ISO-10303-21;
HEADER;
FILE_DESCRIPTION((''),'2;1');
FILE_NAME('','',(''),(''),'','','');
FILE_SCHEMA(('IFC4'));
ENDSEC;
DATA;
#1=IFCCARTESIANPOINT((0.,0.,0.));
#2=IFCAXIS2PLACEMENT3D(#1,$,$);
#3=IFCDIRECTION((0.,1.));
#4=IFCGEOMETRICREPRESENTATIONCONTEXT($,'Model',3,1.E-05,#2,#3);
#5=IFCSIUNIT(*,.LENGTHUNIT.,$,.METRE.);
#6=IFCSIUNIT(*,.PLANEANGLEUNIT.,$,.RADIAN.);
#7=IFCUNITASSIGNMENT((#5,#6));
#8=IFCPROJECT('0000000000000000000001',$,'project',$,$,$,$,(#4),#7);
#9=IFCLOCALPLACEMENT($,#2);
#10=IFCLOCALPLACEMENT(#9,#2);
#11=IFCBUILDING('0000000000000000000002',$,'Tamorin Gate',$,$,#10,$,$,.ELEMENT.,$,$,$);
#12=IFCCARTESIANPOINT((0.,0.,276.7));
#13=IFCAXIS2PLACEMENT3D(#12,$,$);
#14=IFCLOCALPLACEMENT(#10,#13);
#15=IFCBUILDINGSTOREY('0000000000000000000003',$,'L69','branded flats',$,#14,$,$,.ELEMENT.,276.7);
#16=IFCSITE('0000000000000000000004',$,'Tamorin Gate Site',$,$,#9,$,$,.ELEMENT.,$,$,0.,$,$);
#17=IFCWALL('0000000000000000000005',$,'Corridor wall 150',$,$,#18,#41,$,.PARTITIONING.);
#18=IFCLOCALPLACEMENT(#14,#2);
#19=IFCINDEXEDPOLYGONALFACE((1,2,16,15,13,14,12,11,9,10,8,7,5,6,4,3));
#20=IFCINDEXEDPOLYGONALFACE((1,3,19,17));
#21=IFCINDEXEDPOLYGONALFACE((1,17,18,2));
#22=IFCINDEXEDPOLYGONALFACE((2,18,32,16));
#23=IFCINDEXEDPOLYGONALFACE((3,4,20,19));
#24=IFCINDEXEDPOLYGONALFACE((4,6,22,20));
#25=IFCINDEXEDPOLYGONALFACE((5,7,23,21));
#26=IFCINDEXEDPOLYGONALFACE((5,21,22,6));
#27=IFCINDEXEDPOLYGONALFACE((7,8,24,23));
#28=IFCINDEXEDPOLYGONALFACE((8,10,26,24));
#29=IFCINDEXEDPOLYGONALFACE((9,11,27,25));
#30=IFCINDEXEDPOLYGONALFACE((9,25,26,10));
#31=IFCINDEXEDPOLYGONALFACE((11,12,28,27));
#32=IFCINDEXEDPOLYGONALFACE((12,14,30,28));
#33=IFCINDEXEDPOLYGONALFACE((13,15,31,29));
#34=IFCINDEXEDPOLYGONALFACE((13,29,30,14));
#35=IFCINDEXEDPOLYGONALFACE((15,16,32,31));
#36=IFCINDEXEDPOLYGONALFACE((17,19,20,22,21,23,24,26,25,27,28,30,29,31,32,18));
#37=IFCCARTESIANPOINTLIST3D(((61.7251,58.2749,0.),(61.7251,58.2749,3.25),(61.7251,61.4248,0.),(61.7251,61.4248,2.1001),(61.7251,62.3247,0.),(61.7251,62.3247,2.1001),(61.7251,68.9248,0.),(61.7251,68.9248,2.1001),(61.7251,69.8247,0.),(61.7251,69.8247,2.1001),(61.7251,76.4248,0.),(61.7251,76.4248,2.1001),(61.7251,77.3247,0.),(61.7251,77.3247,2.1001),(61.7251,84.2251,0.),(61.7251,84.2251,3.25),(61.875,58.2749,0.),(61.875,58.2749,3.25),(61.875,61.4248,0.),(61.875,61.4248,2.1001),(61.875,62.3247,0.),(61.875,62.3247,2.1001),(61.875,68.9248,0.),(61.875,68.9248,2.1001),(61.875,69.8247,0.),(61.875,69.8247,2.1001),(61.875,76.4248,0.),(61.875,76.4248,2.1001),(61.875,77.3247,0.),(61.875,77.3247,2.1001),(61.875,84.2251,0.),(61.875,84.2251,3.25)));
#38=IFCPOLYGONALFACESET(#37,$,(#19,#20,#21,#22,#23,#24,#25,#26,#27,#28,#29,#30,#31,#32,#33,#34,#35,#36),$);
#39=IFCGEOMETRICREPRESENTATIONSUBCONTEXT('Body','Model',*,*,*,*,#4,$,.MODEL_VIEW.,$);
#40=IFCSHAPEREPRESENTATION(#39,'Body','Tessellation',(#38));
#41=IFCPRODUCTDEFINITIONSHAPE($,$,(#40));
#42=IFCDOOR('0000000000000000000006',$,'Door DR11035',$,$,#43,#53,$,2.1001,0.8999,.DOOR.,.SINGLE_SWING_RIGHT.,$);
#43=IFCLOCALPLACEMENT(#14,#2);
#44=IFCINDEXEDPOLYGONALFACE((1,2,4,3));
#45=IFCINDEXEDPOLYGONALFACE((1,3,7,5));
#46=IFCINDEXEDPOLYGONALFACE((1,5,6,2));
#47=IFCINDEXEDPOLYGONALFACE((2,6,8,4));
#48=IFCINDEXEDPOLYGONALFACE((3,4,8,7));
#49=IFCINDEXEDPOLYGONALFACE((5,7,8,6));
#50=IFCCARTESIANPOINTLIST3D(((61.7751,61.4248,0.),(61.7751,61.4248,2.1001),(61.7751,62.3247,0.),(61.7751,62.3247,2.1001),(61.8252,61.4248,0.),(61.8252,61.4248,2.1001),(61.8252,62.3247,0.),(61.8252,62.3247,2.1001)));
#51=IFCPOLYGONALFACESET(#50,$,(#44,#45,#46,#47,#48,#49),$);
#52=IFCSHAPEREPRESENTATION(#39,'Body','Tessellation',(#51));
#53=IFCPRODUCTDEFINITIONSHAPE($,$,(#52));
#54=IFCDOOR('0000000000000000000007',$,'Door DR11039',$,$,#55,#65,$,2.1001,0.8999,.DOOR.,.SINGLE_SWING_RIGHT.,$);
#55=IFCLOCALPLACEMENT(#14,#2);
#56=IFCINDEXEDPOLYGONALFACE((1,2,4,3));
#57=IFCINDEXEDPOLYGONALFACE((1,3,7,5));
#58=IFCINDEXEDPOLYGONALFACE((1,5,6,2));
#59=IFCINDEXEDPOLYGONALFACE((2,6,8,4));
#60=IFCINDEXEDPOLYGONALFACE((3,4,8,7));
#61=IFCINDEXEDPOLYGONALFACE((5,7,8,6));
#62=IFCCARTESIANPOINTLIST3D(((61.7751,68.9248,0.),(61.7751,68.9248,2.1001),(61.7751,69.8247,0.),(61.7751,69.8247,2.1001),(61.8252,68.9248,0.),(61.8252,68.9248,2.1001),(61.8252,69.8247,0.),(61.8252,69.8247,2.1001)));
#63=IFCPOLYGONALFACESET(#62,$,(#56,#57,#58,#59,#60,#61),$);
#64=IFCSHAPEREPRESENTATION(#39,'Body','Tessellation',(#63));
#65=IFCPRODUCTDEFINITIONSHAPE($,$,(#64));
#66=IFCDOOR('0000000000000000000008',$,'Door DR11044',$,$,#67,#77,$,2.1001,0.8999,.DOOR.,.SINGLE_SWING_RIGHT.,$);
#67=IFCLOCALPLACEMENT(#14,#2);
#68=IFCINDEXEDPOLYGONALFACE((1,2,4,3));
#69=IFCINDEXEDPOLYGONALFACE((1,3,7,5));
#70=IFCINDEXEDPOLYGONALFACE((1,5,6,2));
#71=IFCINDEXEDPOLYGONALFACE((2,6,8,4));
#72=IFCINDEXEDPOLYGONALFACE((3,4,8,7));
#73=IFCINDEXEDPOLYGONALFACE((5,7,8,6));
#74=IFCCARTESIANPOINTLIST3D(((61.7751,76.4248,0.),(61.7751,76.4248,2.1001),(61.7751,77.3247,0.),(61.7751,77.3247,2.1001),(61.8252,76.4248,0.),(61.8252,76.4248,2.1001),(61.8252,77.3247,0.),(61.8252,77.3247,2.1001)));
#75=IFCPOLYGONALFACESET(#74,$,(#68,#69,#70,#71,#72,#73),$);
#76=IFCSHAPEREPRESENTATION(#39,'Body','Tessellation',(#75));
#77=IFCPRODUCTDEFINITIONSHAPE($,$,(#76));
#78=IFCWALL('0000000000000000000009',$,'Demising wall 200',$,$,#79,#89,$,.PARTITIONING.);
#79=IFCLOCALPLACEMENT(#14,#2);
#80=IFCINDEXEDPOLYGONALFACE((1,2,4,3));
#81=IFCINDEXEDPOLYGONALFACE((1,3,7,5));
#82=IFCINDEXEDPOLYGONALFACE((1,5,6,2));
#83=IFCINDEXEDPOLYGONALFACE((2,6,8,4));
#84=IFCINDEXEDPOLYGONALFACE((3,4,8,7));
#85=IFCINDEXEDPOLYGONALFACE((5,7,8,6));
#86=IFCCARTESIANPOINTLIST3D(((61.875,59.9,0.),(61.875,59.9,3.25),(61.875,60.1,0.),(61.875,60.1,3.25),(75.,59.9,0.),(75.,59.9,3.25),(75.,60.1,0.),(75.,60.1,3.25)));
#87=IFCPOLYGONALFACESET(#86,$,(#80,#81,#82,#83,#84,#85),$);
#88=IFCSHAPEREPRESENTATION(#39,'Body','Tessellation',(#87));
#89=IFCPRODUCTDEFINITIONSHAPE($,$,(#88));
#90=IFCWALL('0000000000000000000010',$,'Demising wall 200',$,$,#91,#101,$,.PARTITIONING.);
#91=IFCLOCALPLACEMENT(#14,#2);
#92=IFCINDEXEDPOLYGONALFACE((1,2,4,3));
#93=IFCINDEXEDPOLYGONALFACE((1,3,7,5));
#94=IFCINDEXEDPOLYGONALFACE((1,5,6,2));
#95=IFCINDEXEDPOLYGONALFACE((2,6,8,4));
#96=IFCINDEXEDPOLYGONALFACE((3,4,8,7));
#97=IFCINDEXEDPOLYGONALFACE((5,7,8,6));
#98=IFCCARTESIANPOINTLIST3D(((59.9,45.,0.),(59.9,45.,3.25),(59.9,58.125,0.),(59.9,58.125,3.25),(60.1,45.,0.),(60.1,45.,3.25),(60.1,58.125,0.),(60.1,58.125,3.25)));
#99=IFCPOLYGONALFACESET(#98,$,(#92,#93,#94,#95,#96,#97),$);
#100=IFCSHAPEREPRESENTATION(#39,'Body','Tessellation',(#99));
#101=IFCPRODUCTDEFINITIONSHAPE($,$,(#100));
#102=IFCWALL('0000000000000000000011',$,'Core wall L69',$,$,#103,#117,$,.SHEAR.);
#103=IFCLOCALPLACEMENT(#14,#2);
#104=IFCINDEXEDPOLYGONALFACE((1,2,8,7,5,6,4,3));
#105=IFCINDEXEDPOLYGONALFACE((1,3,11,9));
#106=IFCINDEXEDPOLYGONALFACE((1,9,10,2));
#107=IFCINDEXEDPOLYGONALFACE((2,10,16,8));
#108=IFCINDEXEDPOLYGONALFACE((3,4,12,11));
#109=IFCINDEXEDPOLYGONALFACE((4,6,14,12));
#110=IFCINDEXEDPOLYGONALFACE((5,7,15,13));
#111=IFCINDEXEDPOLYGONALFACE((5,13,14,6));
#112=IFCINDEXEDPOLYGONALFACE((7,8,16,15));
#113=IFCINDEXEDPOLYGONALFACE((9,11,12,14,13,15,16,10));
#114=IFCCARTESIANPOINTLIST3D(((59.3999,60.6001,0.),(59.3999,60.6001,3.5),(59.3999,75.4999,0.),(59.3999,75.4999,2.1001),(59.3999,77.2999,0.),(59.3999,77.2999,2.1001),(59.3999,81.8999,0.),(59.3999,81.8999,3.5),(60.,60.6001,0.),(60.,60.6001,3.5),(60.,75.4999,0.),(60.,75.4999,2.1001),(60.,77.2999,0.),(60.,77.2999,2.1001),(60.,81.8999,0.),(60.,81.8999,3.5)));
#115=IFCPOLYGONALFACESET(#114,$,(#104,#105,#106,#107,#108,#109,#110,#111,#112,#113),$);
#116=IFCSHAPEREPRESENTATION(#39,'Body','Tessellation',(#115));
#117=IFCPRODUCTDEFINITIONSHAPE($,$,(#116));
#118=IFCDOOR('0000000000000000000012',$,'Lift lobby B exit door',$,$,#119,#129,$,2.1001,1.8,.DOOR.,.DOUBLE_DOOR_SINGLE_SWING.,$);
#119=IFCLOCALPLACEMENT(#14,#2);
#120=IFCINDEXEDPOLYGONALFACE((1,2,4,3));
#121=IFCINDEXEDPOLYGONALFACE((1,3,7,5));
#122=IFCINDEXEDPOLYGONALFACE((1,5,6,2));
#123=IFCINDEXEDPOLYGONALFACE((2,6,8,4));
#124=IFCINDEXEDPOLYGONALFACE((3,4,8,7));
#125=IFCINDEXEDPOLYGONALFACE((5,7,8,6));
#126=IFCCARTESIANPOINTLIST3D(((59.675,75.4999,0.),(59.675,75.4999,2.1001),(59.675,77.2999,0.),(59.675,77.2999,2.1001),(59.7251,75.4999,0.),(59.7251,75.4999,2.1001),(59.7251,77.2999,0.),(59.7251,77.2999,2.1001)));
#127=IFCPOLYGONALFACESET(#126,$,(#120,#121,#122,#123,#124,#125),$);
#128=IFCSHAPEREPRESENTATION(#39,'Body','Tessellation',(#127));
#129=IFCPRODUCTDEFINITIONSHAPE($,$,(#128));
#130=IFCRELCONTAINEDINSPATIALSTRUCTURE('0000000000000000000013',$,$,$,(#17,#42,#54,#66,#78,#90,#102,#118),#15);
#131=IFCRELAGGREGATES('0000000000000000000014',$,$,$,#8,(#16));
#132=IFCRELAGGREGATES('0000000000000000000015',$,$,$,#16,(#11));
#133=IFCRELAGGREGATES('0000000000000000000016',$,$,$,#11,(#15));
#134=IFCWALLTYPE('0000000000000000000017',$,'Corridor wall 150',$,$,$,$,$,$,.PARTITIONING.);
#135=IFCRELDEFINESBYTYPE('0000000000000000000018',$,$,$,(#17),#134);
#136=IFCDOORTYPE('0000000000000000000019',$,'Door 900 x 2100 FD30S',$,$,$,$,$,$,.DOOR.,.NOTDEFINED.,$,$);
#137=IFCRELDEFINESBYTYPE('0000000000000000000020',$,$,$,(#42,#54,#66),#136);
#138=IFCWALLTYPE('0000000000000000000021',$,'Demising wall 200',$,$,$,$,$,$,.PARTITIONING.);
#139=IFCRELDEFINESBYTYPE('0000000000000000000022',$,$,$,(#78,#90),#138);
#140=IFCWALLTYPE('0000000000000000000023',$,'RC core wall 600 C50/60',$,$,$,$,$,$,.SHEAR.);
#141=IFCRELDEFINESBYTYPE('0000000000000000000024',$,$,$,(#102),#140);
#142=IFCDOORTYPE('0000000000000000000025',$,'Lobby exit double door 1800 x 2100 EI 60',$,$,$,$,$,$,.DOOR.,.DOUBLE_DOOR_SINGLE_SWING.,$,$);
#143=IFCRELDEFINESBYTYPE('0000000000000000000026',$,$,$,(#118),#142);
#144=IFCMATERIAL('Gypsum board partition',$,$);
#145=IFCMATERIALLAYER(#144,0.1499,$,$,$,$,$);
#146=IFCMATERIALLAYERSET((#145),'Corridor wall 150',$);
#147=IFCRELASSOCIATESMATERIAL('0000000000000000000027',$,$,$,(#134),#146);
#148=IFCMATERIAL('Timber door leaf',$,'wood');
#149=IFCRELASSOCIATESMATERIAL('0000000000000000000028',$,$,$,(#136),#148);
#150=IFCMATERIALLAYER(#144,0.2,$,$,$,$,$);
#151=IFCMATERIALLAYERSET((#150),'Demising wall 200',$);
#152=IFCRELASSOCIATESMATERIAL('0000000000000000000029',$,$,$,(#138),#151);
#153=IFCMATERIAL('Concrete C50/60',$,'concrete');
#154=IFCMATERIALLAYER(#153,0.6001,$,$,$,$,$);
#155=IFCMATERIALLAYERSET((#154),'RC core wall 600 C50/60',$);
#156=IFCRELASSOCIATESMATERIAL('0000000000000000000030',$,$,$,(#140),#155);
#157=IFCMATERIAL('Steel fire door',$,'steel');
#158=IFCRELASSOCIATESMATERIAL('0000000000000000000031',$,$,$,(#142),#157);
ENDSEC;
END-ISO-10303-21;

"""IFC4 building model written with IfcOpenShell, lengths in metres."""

from ifc_helpers import new_model, si_unit, direction, frame, frame_2d, origin, place, context, subcontext, project, spatial, rectangle, extrude, material, layer, layer_set, type_object, element, fill, save


model = new_model("IFC4")

# Units and contexts
model_context = context("Model", 3, precision=1e-05, world=origin(), true_north=direction((0.0, 1.0)))
body_context = subcontext(model_context, "Body", "Model", "MODEL_VIEW")
ifc_project = project(units=[si_unit("LENGTHUNIT", "METRE"), si_unit("PLANEANGLEUNIT", "RADIAN")], contexts=[model_context])

# Site, building, storey
site_placement = place(None, origin())
site = spatial("IfcSite", under=ifc_project, at=site_placement, Name="Tamorin Gate Site", CompositionType="ELEMENT", RefElevation=0.0)
building_placement = place(site_placement, origin())
building = spatial("IfcBuilding", under=site, at=building_placement, Name="Tamorin Gate", CompositionType="ELEMENT")
storey_placement = place(building_placement, frame((0.0, 0.0, 276.7)))
storey = spatial("IfcBuildingStorey", under=building, at=storey_placement, Name="L69", Description="branded flats", CompositionType="ELEMENT", Elevation=276.7)

# Shared definitions
ifc_material_1 = material(Name="Concrete C50/60", Category="concrete")

# Wall, openings, doors
ifc_material_2 = material(Name="Gypsum board partition")
ifc_layer_1 = layer(ifc_material_2, 0.1499)
ifc_layer_set_1 = layer_set([ifc_layer_1], Name="Corridor wall 150")
wall_type_1 = type_object("IfcWallType", Name="Corridor wall 150", PredefinedType="PARTITIONING", material=ifc_layer_set_1)
wall_1_placement = place(storey_placement, frame((61.8, 58.2749, 0.0), z_axis=(0.0, 0.0, 1.0), x_axis=(0.0, 1.0, 0.0)))
wall_1 = element("IfcWall", 1, at=wall_1_placement, inside=storey, type_object=wall_type_1, Name="Corridor wall 150", PredefinedType="PARTITIONING", context=body_context, shape_type="SweptSolid", body=[
    extrude(rectangle(XDim=25.9502, YDim=0.1499, at=frame_2d((12.9751, 0.0))), origin(), (0.0, 0.0, 1.0), 3.25),
])
opening_1_placement = place(wall_1_placement, frame((3.1499, 0.0, 0.0)))
opening_1 = element("IfcOpeningElement", 2, at=opening_1_placement, cuts=wall_1, PredefinedType="OPENING", context=body_context, shape_type="SweptSolid", body=[
    extrude(rectangle(XDim=0.8999, YDim=2.1001, at=frame_2d((0.45, 1.05))), frame((0.0, 0.085, 0.0), z_axis=(0.0, -1.0, 0.0), x_axis=(1.0, 0.0, 0.0)), (0.0, 0.0, 1.0), 0.1699),
])
opening_2_placement = place(wall_1_placement, frame((10.6499, 0.0, 0.0)))
opening_2 = element("IfcOpeningElement", 3, at=opening_2_placement, cuts=wall_1, PredefinedType="OPENING", context=body_context, shape_type="SweptSolid", body=[
    extrude(rectangle(XDim=0.8999, YDim=2.1001, at=frame_2d((0.45, 1.05))), frame((0.0, 0.085, 0.0), z_axis=(0.0, -1.0, 0.0), x_axis=(1.0, 0.0, 0.0)), (0.0, 0.0, 1.0), 0.1699),
])
opening_3_placement = place(wall_1_placement, frame((18.1499, 0.0, 0.0)))
opening_3 = element("IfcOpeningElement", 4, at=opening_3_placement, cuts=wall_1, PredefinedType="OPENING", context=body_context, shape_type="SweptSolid", body=[
    extrude(rectangle(XDim=0.8999, YDim=2.1001, at=frame_2d((0.45, 1.05))), frame((0.0, 0.085, 0.0), z_axis=(0.0, -1.0, 0.0), x_axis=(1.0, 0.0, 0.0)), (0.0, 0.0, 1.0), 0.1699),
])
ifc_material_3 = material(Name="Timber door leaf", Category="wood")
door_type_1 = type_object("IfcDoorType", Name="Door 900 x 2100 FD30S", OperationType="NOTDEFINED", PredefinedType="DOOR", material=ifc_material_3)
door_1_placement = place(opening_1_placement, origin())
door_1 = element("IfcDoor", 5, at=door_1_placement, inside=storey, type_object=door_type_1, Name="Door DR11035", OperationType="SINGLE_SWING_RIGHT", OverallHeight=2.1001, OverallWidth=0.8999, PredefinedType="DOOR", context=body_context, shape_type="SweptSolid", body=[
    extrude(rectangle(XDim=0.8999, YDim=2.1001, at=frame_2d((0.45, 1.05))), frame((0.0, 0.0249, 0.0), z_axis=(0.0, -1.0, 0.0), x_axis=(1.0, 0.0, 0.0)), (0.0, 0.0, 1.0), 0.05),
])
fill(opening_1, door_1)
door_2_placement = place(opening_2_placement, origin())
door_2 = element("IfcDoor", 6, at=door_2_placement, inside=storey, type_object=door_type_1, Name="Door DR11039", OperationType="SINGLE_SWING_RIGHT", OverallHeight=2.1001, OverallWidth=0.8999, PredefinedType="DOOR", context=body_context, shape_type="SweptSolid", body=[
    extrude(rectangle(XDim=0.8999, YDim=2.1001, at=frame_2d((0.45, 1.05))), frame((0.0, 0.0249, 0.0), z_axis=(0.0, -1.0, 0.0), x_axis=(1.0, 0.0, 0.0)), (0.0, 0.0, 1.0), 0.05),
])
fill(opening_2, door_2)
door_3_placement = place(opening_3_placement, origin())
door_3 = element("IfcDoor", 7, at=door_3_placement, inside=storey, type_object=door_type_1, Name="Door DR11044", OperationType="SINGLE_SWING_RIGHT", OverallHeight=2.1001, OverallWidth=0.8999, PredefinedType="DOOR", context=body_context, shape_type="SweptSolid", body=[
    extrude(rectangle(XDim=0.8999, YDim=2.1001, at=frame_2d((0.45, 1.05))), frame((0.0, 0.0249, 0.0), z_axis=(0.0, -1.0, 0.0), x_axis=(1.0, 0.0, 0.0)), (0.0, 0.0, 1.0), 0.05),
])
fill(opening_3, door_3)

# Walls
ifc_layer_2 = layer(ifc_material_2, 0.2)
ifc_layer_set_2 = layer_set([ifc_layer_2], Name="Demising wall 200")
wall_type_2 = type_object("IfcWallType", Name="Demising wall 200", PredefinedType="PARTITIONING", material=ifc_layer_set_2)
for number, where, z_axis, x_axis, name in (
    (8, (61.875, 60.0, 0.0), (0.0, 0.0, 1.0), (1.0, 0.0, 0.0), "Demising wall 200"),
    (9, (60.0, 45.0, 0.0), (0.0, 0.0, 1.0), (0.0, 1.0, 0.0), "Demising wall 200"),
):
    element("IfcWall", number, at=place(storey_placement, frame(where, z_axis=z_axis, x_axis=x_axis)), inside=storey, type_object=wall_type_2, Name=name, PredefinedType="PARTITIONING", context=body_context, shape_type="SweptSolid", body=[
        extrude(rectangle(XDim=13.125, YDim=0.2, at=frame_2d((6.5625, 0.0))), origin(), (0.0, 0.0, 1.0), 3.25),
    ])

# Wall, opening, door
ifc_layer_3 = layer(ifc_material_1, 0.6001)
ifc_layer_set_3 = layer_set([ifc_layer_3], Name="RC core wall 600 C50/60")
wall_type_3 = type_object("IfcWallType", Name="RC core wall 600 C50/60", PredefinedType="SHEAR", material=ifc_layer_set_3)
wall_2_placement = place(storey_placement, frame((59.7, 60.6001, 0.0), z_axis=(0.0, 0.0, 1.0), x_axis=(0.0, 1.0, 0.0)))
wall_2 = element("IfcWall", 10, at=wall_2_placement, inside=storey, type_object=wall_type_3, Name="Core wall L69", PredefinedType="SHEAR", context=body_context, shape_type="SweptSolid", body=[
    extrude(rectangle(XDim=21.2998, YDim=0.6001, at=frame_2d((10.6499, 0.0))), origin(), (0.0, 0.0, 1.0), 3.5),
])
opening_4_placement = place(wall_2_placement, frame((14.8999, 0.0, 0.0)))
opening_4 = element("IfcOpeningElement", 11, at=opening_4_placement, cuts=wall_2, PredefinedType="OPENING", context=body_context, shape_type="SweptSolid", body=[
    extrude(rectangle(XDim=1.8, YDim=2.1001, at=frame_2d((0.8999, 1.05))), frame((0.0, 0.3101, 0.0), z_axis=(0.0, -1.0, 0.0), x_axis=(1.0, 0.0, 0.0)), (0.0, 0.0, 1.0), 0.6201),
])
ifc_material_4 = material(Name="Steel fire door", Category="steel")
door_type_2 = type_object("IfcDoorType", Name="Lobby exit double door 1800 x 2100 EI 60", OperationType="DOUBLE_DOOR_SINGLE_SWING", PredefinedType="DOOR", material=ifc_material_4)
door_4_placement = place(opening_4_placement, origin())
door_4 = element("IfcDoor", 12, at=door_4_placement, inside=storey, type_object=door_type_2, Name="Lift lobby B exit door", OperationType="DOUBLE_DOOR_SINGLE_SWING", OverallHeight=2.1001, OverallWidth=1.8, PredefinedType="DOOR", context=body_context, shape_type="SweptSolid", body=[
    extrude(rectangle(XDim=1.8, YDim=2.1001, at=frame_2d((0.8999, 1.05))), frame((0.0, 0.0249, 0.0), z_axis=(0.0, -1.0, 0.0), x_axis=(1.0, 0.0, 0.0)), (0.0, 0.0, 1.0), 0.05),
])
fill(opening_4, door_4)

save(model, "model.ifc")
